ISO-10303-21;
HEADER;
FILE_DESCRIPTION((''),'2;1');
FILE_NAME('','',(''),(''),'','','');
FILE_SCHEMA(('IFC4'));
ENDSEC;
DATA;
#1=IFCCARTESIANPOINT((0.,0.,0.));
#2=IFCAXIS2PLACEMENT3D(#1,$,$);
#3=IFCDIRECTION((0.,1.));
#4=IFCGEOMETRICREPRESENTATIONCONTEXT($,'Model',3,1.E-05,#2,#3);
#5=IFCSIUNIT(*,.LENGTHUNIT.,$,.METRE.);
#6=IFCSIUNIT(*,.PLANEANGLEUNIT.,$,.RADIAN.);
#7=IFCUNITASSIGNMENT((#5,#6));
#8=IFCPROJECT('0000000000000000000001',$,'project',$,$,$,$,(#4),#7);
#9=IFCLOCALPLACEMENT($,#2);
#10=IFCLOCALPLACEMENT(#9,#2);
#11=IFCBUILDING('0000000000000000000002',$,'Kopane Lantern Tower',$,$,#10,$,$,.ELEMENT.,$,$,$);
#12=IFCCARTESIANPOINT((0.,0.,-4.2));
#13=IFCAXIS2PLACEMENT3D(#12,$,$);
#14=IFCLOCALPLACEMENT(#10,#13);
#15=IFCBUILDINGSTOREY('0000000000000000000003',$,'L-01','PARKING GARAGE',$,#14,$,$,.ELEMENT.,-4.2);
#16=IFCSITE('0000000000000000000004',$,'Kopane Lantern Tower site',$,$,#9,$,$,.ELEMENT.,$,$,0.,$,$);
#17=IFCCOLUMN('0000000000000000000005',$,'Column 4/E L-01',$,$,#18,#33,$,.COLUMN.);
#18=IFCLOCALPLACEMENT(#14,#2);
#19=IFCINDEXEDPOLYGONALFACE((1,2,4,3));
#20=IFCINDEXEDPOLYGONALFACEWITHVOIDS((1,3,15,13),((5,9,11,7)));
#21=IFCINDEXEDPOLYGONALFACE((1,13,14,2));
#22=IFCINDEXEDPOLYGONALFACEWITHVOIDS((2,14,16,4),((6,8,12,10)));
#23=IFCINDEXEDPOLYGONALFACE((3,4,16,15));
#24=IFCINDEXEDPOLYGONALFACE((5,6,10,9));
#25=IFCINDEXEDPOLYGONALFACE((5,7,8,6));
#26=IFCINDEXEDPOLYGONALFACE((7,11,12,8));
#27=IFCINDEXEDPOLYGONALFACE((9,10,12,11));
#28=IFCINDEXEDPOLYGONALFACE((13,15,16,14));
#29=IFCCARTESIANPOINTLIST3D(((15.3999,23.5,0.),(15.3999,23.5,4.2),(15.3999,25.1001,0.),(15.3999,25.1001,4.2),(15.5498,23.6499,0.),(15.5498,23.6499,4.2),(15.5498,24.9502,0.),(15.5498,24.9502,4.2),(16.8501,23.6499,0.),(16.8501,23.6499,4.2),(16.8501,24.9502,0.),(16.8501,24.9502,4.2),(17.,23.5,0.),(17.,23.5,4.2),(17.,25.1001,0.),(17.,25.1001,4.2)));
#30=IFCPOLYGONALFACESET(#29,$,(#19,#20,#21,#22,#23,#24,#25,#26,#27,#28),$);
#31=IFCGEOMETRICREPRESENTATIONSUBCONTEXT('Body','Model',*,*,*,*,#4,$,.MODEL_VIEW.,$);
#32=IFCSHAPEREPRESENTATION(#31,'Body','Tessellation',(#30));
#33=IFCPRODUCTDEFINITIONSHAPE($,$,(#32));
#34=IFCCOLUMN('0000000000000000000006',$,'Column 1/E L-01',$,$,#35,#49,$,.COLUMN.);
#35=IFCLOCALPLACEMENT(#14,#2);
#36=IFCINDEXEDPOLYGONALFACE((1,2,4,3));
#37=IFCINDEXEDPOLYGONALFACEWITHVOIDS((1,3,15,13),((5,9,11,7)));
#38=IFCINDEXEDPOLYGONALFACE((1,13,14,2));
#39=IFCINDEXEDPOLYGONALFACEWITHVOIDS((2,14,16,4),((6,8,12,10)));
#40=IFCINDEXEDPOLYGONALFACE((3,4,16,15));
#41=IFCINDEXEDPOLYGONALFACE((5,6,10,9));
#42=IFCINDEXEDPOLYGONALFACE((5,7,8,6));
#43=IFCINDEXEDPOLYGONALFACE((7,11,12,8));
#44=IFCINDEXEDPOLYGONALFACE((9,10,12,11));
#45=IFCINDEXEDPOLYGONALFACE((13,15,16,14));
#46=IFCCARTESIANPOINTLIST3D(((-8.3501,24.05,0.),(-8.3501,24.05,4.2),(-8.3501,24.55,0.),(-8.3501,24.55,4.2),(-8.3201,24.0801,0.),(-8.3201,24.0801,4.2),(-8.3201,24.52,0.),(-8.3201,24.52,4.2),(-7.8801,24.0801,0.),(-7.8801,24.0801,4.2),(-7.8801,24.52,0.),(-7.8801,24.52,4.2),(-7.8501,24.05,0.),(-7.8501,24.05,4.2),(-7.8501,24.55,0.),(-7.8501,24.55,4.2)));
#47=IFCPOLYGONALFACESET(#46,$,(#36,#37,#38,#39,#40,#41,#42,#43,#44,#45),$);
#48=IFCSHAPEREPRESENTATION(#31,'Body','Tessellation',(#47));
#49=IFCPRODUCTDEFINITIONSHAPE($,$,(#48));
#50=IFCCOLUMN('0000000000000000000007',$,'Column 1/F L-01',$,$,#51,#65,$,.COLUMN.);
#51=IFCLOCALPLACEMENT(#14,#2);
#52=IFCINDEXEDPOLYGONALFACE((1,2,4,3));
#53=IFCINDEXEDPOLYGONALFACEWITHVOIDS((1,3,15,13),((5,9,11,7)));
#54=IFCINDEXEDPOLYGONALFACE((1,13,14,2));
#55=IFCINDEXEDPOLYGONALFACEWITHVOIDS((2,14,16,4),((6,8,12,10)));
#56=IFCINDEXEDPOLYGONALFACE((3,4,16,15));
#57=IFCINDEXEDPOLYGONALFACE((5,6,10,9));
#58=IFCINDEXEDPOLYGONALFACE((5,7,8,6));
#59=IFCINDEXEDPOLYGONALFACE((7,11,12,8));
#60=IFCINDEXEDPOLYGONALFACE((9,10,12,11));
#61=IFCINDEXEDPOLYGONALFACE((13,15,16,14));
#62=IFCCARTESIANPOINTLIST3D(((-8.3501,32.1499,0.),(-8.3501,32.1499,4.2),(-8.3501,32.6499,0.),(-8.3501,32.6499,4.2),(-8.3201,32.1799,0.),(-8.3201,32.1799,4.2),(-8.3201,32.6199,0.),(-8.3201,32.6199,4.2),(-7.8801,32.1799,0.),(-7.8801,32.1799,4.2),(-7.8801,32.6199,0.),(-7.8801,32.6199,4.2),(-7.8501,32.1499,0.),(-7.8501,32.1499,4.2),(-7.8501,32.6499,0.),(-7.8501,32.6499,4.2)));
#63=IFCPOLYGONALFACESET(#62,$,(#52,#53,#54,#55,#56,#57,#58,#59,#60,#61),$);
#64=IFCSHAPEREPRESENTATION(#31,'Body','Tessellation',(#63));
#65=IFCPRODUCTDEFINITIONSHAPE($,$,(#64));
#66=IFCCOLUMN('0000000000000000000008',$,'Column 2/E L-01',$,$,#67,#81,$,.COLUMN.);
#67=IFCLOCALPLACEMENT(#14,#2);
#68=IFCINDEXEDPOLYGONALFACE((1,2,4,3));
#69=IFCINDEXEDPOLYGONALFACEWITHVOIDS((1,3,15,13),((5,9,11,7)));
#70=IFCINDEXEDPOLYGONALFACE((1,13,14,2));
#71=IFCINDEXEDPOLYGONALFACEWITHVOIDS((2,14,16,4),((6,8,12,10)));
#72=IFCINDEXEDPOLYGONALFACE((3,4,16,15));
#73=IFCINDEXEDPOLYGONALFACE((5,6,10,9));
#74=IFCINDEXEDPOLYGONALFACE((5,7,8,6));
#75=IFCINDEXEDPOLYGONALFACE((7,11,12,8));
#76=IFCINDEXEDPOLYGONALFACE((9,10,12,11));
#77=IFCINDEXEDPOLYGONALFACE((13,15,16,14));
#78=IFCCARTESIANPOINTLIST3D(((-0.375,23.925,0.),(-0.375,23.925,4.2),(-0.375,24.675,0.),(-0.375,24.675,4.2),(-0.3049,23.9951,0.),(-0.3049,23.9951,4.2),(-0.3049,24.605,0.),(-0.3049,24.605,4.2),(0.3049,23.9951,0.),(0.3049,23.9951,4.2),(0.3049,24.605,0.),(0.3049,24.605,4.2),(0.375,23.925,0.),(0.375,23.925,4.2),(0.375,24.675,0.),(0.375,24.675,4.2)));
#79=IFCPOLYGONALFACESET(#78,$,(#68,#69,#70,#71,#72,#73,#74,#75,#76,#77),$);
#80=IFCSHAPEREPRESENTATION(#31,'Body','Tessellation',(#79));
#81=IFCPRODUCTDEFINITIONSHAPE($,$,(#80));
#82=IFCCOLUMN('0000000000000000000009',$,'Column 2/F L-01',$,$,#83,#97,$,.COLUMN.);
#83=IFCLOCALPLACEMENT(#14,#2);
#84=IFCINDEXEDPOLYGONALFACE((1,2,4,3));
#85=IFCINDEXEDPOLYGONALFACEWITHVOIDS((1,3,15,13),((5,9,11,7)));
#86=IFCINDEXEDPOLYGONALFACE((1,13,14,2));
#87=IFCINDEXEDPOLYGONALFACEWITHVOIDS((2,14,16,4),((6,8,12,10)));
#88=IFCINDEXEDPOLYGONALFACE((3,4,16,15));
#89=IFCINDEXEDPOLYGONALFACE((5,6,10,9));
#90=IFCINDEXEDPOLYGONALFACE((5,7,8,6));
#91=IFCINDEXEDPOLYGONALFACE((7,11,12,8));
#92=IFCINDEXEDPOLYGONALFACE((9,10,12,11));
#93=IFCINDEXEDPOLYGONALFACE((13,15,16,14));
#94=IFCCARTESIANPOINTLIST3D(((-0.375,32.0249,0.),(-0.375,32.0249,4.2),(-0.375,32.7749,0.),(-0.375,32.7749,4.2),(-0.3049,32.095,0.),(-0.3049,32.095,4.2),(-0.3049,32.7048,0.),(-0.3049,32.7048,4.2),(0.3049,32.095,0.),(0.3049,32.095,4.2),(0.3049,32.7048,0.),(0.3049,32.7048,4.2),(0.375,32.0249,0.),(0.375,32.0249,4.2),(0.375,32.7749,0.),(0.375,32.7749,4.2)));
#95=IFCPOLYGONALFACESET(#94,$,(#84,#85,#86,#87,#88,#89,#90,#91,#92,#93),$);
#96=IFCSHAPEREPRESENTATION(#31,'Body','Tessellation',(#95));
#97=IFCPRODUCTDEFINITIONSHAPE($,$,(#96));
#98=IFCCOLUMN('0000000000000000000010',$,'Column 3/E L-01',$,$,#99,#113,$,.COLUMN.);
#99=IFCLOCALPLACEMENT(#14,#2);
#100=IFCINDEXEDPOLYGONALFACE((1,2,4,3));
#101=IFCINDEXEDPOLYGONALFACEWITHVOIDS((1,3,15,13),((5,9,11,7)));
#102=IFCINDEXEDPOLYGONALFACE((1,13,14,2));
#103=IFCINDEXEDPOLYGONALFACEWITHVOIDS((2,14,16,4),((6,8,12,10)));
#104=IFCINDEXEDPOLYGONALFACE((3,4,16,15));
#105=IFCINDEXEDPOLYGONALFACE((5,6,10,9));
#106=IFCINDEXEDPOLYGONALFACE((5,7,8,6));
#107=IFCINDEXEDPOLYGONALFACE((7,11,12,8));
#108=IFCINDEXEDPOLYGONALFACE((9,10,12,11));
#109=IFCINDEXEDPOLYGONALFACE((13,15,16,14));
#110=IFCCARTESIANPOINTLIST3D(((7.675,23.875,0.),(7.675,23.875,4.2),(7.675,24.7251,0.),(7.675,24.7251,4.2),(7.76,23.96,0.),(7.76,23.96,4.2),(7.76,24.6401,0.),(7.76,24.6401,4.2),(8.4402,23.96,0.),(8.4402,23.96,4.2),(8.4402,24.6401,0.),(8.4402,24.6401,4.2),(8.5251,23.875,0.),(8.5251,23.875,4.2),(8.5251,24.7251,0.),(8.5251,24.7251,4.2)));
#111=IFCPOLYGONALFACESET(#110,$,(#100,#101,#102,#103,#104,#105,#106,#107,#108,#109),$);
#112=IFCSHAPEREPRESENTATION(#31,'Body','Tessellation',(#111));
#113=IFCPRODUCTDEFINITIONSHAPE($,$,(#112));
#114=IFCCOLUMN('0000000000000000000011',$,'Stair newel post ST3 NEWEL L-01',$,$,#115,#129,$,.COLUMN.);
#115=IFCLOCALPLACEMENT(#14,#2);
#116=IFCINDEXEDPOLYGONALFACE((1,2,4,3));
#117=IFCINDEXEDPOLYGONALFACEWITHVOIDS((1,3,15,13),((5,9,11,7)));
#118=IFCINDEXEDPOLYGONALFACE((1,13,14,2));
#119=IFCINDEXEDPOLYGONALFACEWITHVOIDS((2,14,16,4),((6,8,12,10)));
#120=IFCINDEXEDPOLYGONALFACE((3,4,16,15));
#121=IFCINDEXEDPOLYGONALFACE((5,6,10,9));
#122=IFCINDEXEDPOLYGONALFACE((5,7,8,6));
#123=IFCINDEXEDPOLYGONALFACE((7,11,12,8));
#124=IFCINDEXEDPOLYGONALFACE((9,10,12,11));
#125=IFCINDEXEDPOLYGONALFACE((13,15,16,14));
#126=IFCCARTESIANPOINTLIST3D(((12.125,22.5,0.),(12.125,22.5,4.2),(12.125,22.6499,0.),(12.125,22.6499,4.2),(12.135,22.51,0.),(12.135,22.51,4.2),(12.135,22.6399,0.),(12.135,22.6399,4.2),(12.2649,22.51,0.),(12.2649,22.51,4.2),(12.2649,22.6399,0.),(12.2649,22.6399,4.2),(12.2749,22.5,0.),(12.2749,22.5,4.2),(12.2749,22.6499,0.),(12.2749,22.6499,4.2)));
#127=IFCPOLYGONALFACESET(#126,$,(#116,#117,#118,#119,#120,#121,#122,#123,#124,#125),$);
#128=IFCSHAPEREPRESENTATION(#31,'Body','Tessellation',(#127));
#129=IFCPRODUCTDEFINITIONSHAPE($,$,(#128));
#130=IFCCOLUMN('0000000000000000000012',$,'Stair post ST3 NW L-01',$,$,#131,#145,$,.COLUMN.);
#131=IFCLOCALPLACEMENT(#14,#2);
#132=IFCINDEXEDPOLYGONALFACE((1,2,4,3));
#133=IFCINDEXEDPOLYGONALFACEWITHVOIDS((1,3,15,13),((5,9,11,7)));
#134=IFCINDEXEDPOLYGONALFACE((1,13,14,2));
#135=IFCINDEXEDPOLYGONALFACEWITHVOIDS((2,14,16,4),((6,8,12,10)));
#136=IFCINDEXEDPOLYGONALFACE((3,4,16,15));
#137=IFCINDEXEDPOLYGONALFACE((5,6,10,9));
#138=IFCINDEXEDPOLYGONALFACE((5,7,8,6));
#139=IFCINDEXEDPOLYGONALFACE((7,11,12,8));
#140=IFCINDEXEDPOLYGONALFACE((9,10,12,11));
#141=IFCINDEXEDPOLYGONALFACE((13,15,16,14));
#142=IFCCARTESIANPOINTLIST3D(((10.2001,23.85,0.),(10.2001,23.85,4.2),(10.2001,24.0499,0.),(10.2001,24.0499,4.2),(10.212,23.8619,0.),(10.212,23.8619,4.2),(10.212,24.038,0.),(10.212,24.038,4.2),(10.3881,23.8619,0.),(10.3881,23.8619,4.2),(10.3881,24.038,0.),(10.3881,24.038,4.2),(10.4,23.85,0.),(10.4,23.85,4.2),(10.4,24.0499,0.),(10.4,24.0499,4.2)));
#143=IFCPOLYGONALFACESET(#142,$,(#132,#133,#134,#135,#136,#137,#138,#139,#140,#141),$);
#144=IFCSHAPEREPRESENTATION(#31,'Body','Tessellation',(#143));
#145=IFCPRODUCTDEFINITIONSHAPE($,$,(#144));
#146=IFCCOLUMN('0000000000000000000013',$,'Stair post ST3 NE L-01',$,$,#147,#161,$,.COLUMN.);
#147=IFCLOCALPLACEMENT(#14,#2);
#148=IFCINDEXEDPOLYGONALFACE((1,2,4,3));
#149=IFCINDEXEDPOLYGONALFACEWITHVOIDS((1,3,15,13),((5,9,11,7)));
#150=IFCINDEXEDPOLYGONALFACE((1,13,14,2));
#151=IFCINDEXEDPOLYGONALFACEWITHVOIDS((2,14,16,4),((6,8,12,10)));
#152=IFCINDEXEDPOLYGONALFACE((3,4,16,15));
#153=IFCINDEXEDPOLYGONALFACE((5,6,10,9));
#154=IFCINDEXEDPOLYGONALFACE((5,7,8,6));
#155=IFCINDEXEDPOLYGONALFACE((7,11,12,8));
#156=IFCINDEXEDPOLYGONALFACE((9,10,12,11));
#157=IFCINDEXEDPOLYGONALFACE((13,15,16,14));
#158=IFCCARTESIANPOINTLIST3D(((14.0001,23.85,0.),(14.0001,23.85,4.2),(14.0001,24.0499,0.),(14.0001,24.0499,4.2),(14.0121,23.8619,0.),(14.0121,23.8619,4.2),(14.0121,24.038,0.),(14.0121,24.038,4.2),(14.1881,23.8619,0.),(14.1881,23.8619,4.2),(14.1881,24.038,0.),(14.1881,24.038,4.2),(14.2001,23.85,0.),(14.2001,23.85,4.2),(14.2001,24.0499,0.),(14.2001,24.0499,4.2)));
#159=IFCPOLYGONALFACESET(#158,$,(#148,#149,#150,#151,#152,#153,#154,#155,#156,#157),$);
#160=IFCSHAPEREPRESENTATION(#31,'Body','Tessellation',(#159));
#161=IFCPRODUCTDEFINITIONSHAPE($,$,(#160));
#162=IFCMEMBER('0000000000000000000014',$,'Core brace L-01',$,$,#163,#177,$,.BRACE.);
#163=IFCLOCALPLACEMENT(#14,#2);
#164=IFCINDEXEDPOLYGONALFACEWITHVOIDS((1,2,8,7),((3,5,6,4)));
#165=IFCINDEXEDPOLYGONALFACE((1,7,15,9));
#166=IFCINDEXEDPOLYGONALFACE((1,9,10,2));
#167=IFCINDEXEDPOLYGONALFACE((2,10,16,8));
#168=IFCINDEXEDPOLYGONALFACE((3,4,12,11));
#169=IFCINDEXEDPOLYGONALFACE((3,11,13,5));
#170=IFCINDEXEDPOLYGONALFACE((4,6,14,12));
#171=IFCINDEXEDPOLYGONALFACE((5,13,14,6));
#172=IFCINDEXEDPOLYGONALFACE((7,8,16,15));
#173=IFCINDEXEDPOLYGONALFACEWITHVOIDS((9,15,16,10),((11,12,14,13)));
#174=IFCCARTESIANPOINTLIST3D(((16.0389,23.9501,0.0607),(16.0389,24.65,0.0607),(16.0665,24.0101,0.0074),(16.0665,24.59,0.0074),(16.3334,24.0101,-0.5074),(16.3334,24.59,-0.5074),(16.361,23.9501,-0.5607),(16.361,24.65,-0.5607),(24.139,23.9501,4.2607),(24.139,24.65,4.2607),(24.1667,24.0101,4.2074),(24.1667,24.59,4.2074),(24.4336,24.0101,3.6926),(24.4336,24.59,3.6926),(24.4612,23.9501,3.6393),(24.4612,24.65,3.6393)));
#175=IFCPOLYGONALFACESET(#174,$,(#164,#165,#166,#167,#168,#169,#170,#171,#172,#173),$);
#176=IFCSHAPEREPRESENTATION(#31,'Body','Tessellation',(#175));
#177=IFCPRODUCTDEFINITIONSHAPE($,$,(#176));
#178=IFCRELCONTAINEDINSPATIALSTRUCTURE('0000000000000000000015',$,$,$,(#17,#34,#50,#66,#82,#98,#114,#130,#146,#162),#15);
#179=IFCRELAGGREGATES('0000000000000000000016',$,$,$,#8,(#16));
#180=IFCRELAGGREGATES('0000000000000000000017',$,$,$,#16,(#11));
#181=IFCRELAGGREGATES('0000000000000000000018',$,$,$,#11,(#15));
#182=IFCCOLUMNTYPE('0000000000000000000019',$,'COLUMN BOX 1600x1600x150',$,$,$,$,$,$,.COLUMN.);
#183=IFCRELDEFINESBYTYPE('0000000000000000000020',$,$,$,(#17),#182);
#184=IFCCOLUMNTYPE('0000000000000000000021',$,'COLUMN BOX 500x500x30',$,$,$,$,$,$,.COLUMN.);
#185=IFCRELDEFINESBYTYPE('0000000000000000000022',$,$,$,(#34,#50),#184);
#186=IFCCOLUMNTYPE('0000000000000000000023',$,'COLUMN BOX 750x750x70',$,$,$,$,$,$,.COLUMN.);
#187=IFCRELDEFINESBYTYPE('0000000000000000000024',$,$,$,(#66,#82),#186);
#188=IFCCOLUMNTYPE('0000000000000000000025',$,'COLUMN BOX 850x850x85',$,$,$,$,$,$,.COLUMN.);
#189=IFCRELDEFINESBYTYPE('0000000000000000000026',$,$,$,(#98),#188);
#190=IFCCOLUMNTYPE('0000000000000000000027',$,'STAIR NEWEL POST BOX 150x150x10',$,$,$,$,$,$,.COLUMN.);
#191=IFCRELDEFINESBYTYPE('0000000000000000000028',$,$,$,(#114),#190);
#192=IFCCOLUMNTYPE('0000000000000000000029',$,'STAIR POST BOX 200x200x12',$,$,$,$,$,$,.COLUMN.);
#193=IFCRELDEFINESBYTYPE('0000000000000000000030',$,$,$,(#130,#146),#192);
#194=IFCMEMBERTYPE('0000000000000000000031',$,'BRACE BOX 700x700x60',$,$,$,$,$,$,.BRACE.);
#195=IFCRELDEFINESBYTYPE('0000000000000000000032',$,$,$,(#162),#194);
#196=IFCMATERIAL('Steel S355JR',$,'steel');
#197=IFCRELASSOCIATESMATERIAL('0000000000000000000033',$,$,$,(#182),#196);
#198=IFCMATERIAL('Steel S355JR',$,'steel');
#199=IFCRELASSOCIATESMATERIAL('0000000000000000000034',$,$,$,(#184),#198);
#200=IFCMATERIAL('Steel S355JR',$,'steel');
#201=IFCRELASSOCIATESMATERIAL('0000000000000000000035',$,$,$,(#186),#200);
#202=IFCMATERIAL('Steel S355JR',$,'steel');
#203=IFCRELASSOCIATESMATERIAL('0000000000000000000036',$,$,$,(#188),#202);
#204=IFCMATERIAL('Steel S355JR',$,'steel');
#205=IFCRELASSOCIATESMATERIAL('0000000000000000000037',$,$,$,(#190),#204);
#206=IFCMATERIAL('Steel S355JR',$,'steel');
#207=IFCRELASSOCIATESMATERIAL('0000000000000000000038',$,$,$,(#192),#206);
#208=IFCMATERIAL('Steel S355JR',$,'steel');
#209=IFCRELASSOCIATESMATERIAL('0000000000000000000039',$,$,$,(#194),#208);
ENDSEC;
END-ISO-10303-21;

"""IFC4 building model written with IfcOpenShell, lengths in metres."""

from ifc_helpers import new_model, si_unit, direction, frame, origin, origin_2d, place, context, subcontext, project, spatial, hollow_rectangle, extrude, material, material_profile, profile_set, type_object, element, save


model = new_model("IFC4")

# Units and contexts
model_context = context("Model", 3, precision=1e-05, world=origin(), true_north=direction((0.0, 1.0)))
body_context = subcontext(model_context, "Body", "Model", "MODEL_VIEW")
ifc_project = project(units=[si_unit("LENGTHUNIT", "METRE"), si_unit("PLANEANGLEUNIT", "RADIAN")], contexts=[model_context])

# Site, building, storey
site_placement = place(None, origin())
site = spatial("IfcSite", under=ifc_project, at=site_placement, Name="Kopane Lantern Tower site", CompositionType="ELEMENT", RefElevation=0.0)
building_placement = place(site_placement, origin())
building = spatial("IfcBuilding", under=site, at=building_placement, Name="Kopane Lantern Tower", CompositionType="ELEMENT")
storey_placement = place(building_placement, frame((0.0, 0.0, -4.2)))
storey = spatial("IfcBuildingStorey", under=building, at=storey_placement, Name="L-01", Description="PARKING GARAGE", CompositionType="ELEMENT", Elevation=-4.2)

# Columns
ifc_material_1 = material(Name="Steel S355JR", Category="steel")
ifc_material_profile_1 = material_profile(ifc_material_1, hollow_rectangle(XDim=1.6001, YDim=1.6001, WallThickness=0.1499, at=origin_2d()), Name="BOX 1600x1600x150")
ifc_profile_set_1 = profile_set([ifc_material_profile_1], Name="Steel S355JR")
column_type_1 = type_object("IfcColumnType", Name="COLUMN BOX 1600x1600x150", PredefinedType="COLUMN", material=ifc_profile_set_1)
column_1_placement = place(storey_placement, frame((16.2, 24.3, 0.0), z_axis=(0.0, 0.0, 1.0), x_axis=(1.0, 0.0, 0.0)))
element("IfcColumn", 1, at=column_1_placement, inside=storey, type_object=column_type_1, Name="Column 4/E L-01", PredefinedType="COLUMN", context=body_context, shape_type="SweptSolid", body=[
    extrude(hollow_rectangle(XDim=1.6001, YDim=1.6001, WallThickness=0.1499, at=origin_2d()), origin(), (0.0, 0.0, 1.0), 4.2),
])
ifc_material_2 = material(Name="Steel S355JR", Category="steel")
ifc_material_profile_2 = material_profile(ifc_material_2, hollow_rectangle(XDim=0.5, YDim=0.5, WallThickness=0.03, at=origin_2d()), Name="BOX 500x500x30")
ifc_profile_set_2 = profile_set([ifc_material_profile_2], Name="Steel S355JR")
column_type_2 = type_object("IfcColumnType", Name="COLUMN BOX 500x500x30", PredefinedType="COLUMN", material=ifc_profile_set_2)
for number, where, z_axis, x_axis, name in (
    (2, (-8.1001, 24.3, 0.0), (0.0, 0.0, 1.0), (1.0, 0.0, 0.0), "Column 1/E L-01"),
    (3, (-8.1001, 32.3999, 0.0), (0.0, 0.0, 1.0), (1.0, 0.0, 0.0), "Column 1/F L-01"),
):
    element("IfcColumn", number, at=place(storey_placement, frame(where, z_axis=z_axis, x_axis=x_axis)), inside=storey, type_object=column_type_2, Name=name, PredefinedType="COLUMN", context=body_context, shape_type="SweptSolid", body=[
        extrude(hollow_rectangle(XDim=0.5, YDim=0.5, WallThickness=0.03, at=origin_2d()), origin(), (0.0, 0.0, 1.0), 4.2),
    ])
ifc_material_3 = material(Name="Steel S355JR", Category="steel")
ifc_material_profile_3 = material_profile(ifc_material_3, hollow_rectangle(XDim=0.75, YDim=0.75, WallThickness=0.0701, at=origin_2d()), Name="BOX 750x750x70")
ifc_profile_set_3 = profile_set([ifc_material_profile_3], Name="Steel S355JR")
column_type_3 = type_object("IfcColumnType", Name="COLUMN BOX 750x750x70", PredefinedType="COLUMN", material=ifc_profile_set_3)
for number, where, z_axis, x_axis, name in (
    (4, (0.0, 24.3, 0.0), (0.0, 0.0, 1.0), (1.0, 0.0, 0.0), "Column 2/E L-01"),
    (5, (0.0, 32.3999, 0.0), (0.0, 0.0, 1.0), (1.0, 0.0, 0.0), "Column 2/F L-01"),
):
    element("IfcColumn", number, at=place(storey_placement, frame(where, z_axis=z_axis, x_axis=x_axis)), inside=storey, type_object=column_type_3, Name=name, PredefinedType="COLUMN", context=body_context, shape_type="SweptSolid", body=[
        extrude(hollow_rectangle(XDim=0.75, YDim=0.75, WallThickness=0.0701, at=origin_2d()), origin(), (0.0, 0.0, 1.0), 4.2),
    ])
ifc_material_4 = material(Name="Steel S355JR", Category="steel")
ifc_material_profile_4 = material_profile(ifc_material_4, hollow_rectangle(XDim=0.8501, YDim=0.8501, WallThickness=0.085, at=origin_2d()), Name="BOX 850x850x85")
ifc_profile_set_4 = profile_set([ifc_material_profile_4], Name="Steel S355JR")
column_type_4 = type_object("IfcColumnType", Name="COLUMN BOX 850x850x85", PredefinedType="COLUMN", material=ifc_profile_set_4)
column_2_placement = place(storey_placement, frame((8.1001, 24.3, 0.0), z_axis=(0.0, 0.0, 1.0), x_axis=(1.0, 0.0, 0.0)))
element("IfcColumn", 6, at=column_2_placement, inside=storey, type_object=column_type_4, Name="Column 3/E L-01", PredefinedType="COLUMN", context=body_context, shape_type="SweptSolid", body=[
    extrude(hollow_rectangle(XDim=0.8501, YDim=0.8501, WallThickness=0.085, at=origin_2d()), origin(), (0.0, 0.0, 1.0), 4.2),
])
ifc_material_5 = material(Name="Steel S355JR", Category="steel")
ifc_material_profile_5 = material_profile(ifc_material_5, hollow_rectangle(XDim=0.1499, YDim=0.1499, WallThickness=0.01, at=origin_2d()), Name="BOX 150x150x10")
ifc_profile_set_5 = profile_set([ifc_material_profile_5], Name="Steel S355JR")
column_type_5 = type_object("IfcColumnType", Name="STAIR NEWEL POST BOX 150x150x10", PredefinedType="COLUMN", material=ifc_profile_set_5)
column_3_placement = place(storey_placement, frame((12.2, 22.575, 0.0), z_axis=(0.0, 0.0, 1.0), x_axis=(1.0, 0.0, 0.0)))
element("IfcColumn", 7, at=column_3_placement, inside=storey, type_object=column_type_5, Name="Stair newel post ST3 NEWEL L-01", PredefinedType="COLUMN", context=body_context, shape_type="SweptSolid", body=[
    extrude(hollow_rectangle(XDim=0.1499, YDim=0.1499, WallThickness=0.01, at=origin_2d()), origin(), (0.0, 0.0, 1.0), 4.2),
])
ifc_material_6 = material(Name="Steel S355JR", Category="steel")
ifc_material_profile_6 = material_profile(ifc_material_6, hollow_rectangle(XDim=0.2, YDim=0.2, WallThickness=0.012, at=origin_2d()), Name="BOX 200x200x12")
ifc_profile_set_6 = profile_set([ifc_material_profile_6], Name="Steel S355JR")
column_type_6 = type_object("IfcColumnType", Name="STAIR POST BOX 200x200x12", PredefinedType="COLUMN", material=ifc_profile_set_6)
for number, where, z_axis, x_axis, name in (
    (8, (10.3, 23.95, 0.0), (0.0, 0.0, 1.0), (1.0, 0.0, 0.0), "Stair post ST3 NW L-01"),
    (9, (14.1001, 23.95, 0.0), (0.0, 0.0, 1.0), (1.0, 0.0, 0.0), "Stair post ST3 NE L-01"),
):
    element("IfcColumn", number, at=place(storey_placement, frame(where, z_axis=z_axis, x_axis=x_axis)), inside=storey, type_object=column_type_6, Name=name, PredefinedType="COLUMN", context=body_context, shape_type="SweptSolid", body=[
        extrude(hollow_rectangle(XDim=0.2, YDim=0.2, WallThickness=0.012, at=origin_2d()), origin(), (0.0, 0.0, 1.0), 4.2),
    ])

# Member
ifc_material_7 = material(Name="Steel S355JR", Category="steel")
ifc_material_profile_7 = material_profile(ifc_material_7, hollow_rectangle(XDim=0.7, YDim=0.7, WallThickness=0.0601, at=origin_2d()), Name="BOX 700x700x60")
ifc_profile_set_7 = profile_set([ifc_material_profile_7], Name="Steel S355JR")
member_type_1 = type_object("IfcMemberType", Name="BRACE BOX 700x700x60", PredefinedType="BRACE", material=ifc_profile_set_7)
member_1_placement = place(storey_placement, frame((16.2, 24.3, -0.25), z_axis=(0.887759, 0.0, 0.460309), x_axis=(0.0, 1.0, 0.0)))
element("IfcMember", 10, at=member_1_placement, inside=storey, type_object=member_type_1, Name="Core brace L-01", PredefinedType="BRACE", context=body_context, shape_type="SweptSolid", body=[
    extrude(hollow_rectangle(XDim=0.7, YDim=0.7, WallThickness=0.0601, at=origin_2d()), origin(), (0.0, 0.0, 1.0), 9.1243),
])

save(model, "model.ifc")
